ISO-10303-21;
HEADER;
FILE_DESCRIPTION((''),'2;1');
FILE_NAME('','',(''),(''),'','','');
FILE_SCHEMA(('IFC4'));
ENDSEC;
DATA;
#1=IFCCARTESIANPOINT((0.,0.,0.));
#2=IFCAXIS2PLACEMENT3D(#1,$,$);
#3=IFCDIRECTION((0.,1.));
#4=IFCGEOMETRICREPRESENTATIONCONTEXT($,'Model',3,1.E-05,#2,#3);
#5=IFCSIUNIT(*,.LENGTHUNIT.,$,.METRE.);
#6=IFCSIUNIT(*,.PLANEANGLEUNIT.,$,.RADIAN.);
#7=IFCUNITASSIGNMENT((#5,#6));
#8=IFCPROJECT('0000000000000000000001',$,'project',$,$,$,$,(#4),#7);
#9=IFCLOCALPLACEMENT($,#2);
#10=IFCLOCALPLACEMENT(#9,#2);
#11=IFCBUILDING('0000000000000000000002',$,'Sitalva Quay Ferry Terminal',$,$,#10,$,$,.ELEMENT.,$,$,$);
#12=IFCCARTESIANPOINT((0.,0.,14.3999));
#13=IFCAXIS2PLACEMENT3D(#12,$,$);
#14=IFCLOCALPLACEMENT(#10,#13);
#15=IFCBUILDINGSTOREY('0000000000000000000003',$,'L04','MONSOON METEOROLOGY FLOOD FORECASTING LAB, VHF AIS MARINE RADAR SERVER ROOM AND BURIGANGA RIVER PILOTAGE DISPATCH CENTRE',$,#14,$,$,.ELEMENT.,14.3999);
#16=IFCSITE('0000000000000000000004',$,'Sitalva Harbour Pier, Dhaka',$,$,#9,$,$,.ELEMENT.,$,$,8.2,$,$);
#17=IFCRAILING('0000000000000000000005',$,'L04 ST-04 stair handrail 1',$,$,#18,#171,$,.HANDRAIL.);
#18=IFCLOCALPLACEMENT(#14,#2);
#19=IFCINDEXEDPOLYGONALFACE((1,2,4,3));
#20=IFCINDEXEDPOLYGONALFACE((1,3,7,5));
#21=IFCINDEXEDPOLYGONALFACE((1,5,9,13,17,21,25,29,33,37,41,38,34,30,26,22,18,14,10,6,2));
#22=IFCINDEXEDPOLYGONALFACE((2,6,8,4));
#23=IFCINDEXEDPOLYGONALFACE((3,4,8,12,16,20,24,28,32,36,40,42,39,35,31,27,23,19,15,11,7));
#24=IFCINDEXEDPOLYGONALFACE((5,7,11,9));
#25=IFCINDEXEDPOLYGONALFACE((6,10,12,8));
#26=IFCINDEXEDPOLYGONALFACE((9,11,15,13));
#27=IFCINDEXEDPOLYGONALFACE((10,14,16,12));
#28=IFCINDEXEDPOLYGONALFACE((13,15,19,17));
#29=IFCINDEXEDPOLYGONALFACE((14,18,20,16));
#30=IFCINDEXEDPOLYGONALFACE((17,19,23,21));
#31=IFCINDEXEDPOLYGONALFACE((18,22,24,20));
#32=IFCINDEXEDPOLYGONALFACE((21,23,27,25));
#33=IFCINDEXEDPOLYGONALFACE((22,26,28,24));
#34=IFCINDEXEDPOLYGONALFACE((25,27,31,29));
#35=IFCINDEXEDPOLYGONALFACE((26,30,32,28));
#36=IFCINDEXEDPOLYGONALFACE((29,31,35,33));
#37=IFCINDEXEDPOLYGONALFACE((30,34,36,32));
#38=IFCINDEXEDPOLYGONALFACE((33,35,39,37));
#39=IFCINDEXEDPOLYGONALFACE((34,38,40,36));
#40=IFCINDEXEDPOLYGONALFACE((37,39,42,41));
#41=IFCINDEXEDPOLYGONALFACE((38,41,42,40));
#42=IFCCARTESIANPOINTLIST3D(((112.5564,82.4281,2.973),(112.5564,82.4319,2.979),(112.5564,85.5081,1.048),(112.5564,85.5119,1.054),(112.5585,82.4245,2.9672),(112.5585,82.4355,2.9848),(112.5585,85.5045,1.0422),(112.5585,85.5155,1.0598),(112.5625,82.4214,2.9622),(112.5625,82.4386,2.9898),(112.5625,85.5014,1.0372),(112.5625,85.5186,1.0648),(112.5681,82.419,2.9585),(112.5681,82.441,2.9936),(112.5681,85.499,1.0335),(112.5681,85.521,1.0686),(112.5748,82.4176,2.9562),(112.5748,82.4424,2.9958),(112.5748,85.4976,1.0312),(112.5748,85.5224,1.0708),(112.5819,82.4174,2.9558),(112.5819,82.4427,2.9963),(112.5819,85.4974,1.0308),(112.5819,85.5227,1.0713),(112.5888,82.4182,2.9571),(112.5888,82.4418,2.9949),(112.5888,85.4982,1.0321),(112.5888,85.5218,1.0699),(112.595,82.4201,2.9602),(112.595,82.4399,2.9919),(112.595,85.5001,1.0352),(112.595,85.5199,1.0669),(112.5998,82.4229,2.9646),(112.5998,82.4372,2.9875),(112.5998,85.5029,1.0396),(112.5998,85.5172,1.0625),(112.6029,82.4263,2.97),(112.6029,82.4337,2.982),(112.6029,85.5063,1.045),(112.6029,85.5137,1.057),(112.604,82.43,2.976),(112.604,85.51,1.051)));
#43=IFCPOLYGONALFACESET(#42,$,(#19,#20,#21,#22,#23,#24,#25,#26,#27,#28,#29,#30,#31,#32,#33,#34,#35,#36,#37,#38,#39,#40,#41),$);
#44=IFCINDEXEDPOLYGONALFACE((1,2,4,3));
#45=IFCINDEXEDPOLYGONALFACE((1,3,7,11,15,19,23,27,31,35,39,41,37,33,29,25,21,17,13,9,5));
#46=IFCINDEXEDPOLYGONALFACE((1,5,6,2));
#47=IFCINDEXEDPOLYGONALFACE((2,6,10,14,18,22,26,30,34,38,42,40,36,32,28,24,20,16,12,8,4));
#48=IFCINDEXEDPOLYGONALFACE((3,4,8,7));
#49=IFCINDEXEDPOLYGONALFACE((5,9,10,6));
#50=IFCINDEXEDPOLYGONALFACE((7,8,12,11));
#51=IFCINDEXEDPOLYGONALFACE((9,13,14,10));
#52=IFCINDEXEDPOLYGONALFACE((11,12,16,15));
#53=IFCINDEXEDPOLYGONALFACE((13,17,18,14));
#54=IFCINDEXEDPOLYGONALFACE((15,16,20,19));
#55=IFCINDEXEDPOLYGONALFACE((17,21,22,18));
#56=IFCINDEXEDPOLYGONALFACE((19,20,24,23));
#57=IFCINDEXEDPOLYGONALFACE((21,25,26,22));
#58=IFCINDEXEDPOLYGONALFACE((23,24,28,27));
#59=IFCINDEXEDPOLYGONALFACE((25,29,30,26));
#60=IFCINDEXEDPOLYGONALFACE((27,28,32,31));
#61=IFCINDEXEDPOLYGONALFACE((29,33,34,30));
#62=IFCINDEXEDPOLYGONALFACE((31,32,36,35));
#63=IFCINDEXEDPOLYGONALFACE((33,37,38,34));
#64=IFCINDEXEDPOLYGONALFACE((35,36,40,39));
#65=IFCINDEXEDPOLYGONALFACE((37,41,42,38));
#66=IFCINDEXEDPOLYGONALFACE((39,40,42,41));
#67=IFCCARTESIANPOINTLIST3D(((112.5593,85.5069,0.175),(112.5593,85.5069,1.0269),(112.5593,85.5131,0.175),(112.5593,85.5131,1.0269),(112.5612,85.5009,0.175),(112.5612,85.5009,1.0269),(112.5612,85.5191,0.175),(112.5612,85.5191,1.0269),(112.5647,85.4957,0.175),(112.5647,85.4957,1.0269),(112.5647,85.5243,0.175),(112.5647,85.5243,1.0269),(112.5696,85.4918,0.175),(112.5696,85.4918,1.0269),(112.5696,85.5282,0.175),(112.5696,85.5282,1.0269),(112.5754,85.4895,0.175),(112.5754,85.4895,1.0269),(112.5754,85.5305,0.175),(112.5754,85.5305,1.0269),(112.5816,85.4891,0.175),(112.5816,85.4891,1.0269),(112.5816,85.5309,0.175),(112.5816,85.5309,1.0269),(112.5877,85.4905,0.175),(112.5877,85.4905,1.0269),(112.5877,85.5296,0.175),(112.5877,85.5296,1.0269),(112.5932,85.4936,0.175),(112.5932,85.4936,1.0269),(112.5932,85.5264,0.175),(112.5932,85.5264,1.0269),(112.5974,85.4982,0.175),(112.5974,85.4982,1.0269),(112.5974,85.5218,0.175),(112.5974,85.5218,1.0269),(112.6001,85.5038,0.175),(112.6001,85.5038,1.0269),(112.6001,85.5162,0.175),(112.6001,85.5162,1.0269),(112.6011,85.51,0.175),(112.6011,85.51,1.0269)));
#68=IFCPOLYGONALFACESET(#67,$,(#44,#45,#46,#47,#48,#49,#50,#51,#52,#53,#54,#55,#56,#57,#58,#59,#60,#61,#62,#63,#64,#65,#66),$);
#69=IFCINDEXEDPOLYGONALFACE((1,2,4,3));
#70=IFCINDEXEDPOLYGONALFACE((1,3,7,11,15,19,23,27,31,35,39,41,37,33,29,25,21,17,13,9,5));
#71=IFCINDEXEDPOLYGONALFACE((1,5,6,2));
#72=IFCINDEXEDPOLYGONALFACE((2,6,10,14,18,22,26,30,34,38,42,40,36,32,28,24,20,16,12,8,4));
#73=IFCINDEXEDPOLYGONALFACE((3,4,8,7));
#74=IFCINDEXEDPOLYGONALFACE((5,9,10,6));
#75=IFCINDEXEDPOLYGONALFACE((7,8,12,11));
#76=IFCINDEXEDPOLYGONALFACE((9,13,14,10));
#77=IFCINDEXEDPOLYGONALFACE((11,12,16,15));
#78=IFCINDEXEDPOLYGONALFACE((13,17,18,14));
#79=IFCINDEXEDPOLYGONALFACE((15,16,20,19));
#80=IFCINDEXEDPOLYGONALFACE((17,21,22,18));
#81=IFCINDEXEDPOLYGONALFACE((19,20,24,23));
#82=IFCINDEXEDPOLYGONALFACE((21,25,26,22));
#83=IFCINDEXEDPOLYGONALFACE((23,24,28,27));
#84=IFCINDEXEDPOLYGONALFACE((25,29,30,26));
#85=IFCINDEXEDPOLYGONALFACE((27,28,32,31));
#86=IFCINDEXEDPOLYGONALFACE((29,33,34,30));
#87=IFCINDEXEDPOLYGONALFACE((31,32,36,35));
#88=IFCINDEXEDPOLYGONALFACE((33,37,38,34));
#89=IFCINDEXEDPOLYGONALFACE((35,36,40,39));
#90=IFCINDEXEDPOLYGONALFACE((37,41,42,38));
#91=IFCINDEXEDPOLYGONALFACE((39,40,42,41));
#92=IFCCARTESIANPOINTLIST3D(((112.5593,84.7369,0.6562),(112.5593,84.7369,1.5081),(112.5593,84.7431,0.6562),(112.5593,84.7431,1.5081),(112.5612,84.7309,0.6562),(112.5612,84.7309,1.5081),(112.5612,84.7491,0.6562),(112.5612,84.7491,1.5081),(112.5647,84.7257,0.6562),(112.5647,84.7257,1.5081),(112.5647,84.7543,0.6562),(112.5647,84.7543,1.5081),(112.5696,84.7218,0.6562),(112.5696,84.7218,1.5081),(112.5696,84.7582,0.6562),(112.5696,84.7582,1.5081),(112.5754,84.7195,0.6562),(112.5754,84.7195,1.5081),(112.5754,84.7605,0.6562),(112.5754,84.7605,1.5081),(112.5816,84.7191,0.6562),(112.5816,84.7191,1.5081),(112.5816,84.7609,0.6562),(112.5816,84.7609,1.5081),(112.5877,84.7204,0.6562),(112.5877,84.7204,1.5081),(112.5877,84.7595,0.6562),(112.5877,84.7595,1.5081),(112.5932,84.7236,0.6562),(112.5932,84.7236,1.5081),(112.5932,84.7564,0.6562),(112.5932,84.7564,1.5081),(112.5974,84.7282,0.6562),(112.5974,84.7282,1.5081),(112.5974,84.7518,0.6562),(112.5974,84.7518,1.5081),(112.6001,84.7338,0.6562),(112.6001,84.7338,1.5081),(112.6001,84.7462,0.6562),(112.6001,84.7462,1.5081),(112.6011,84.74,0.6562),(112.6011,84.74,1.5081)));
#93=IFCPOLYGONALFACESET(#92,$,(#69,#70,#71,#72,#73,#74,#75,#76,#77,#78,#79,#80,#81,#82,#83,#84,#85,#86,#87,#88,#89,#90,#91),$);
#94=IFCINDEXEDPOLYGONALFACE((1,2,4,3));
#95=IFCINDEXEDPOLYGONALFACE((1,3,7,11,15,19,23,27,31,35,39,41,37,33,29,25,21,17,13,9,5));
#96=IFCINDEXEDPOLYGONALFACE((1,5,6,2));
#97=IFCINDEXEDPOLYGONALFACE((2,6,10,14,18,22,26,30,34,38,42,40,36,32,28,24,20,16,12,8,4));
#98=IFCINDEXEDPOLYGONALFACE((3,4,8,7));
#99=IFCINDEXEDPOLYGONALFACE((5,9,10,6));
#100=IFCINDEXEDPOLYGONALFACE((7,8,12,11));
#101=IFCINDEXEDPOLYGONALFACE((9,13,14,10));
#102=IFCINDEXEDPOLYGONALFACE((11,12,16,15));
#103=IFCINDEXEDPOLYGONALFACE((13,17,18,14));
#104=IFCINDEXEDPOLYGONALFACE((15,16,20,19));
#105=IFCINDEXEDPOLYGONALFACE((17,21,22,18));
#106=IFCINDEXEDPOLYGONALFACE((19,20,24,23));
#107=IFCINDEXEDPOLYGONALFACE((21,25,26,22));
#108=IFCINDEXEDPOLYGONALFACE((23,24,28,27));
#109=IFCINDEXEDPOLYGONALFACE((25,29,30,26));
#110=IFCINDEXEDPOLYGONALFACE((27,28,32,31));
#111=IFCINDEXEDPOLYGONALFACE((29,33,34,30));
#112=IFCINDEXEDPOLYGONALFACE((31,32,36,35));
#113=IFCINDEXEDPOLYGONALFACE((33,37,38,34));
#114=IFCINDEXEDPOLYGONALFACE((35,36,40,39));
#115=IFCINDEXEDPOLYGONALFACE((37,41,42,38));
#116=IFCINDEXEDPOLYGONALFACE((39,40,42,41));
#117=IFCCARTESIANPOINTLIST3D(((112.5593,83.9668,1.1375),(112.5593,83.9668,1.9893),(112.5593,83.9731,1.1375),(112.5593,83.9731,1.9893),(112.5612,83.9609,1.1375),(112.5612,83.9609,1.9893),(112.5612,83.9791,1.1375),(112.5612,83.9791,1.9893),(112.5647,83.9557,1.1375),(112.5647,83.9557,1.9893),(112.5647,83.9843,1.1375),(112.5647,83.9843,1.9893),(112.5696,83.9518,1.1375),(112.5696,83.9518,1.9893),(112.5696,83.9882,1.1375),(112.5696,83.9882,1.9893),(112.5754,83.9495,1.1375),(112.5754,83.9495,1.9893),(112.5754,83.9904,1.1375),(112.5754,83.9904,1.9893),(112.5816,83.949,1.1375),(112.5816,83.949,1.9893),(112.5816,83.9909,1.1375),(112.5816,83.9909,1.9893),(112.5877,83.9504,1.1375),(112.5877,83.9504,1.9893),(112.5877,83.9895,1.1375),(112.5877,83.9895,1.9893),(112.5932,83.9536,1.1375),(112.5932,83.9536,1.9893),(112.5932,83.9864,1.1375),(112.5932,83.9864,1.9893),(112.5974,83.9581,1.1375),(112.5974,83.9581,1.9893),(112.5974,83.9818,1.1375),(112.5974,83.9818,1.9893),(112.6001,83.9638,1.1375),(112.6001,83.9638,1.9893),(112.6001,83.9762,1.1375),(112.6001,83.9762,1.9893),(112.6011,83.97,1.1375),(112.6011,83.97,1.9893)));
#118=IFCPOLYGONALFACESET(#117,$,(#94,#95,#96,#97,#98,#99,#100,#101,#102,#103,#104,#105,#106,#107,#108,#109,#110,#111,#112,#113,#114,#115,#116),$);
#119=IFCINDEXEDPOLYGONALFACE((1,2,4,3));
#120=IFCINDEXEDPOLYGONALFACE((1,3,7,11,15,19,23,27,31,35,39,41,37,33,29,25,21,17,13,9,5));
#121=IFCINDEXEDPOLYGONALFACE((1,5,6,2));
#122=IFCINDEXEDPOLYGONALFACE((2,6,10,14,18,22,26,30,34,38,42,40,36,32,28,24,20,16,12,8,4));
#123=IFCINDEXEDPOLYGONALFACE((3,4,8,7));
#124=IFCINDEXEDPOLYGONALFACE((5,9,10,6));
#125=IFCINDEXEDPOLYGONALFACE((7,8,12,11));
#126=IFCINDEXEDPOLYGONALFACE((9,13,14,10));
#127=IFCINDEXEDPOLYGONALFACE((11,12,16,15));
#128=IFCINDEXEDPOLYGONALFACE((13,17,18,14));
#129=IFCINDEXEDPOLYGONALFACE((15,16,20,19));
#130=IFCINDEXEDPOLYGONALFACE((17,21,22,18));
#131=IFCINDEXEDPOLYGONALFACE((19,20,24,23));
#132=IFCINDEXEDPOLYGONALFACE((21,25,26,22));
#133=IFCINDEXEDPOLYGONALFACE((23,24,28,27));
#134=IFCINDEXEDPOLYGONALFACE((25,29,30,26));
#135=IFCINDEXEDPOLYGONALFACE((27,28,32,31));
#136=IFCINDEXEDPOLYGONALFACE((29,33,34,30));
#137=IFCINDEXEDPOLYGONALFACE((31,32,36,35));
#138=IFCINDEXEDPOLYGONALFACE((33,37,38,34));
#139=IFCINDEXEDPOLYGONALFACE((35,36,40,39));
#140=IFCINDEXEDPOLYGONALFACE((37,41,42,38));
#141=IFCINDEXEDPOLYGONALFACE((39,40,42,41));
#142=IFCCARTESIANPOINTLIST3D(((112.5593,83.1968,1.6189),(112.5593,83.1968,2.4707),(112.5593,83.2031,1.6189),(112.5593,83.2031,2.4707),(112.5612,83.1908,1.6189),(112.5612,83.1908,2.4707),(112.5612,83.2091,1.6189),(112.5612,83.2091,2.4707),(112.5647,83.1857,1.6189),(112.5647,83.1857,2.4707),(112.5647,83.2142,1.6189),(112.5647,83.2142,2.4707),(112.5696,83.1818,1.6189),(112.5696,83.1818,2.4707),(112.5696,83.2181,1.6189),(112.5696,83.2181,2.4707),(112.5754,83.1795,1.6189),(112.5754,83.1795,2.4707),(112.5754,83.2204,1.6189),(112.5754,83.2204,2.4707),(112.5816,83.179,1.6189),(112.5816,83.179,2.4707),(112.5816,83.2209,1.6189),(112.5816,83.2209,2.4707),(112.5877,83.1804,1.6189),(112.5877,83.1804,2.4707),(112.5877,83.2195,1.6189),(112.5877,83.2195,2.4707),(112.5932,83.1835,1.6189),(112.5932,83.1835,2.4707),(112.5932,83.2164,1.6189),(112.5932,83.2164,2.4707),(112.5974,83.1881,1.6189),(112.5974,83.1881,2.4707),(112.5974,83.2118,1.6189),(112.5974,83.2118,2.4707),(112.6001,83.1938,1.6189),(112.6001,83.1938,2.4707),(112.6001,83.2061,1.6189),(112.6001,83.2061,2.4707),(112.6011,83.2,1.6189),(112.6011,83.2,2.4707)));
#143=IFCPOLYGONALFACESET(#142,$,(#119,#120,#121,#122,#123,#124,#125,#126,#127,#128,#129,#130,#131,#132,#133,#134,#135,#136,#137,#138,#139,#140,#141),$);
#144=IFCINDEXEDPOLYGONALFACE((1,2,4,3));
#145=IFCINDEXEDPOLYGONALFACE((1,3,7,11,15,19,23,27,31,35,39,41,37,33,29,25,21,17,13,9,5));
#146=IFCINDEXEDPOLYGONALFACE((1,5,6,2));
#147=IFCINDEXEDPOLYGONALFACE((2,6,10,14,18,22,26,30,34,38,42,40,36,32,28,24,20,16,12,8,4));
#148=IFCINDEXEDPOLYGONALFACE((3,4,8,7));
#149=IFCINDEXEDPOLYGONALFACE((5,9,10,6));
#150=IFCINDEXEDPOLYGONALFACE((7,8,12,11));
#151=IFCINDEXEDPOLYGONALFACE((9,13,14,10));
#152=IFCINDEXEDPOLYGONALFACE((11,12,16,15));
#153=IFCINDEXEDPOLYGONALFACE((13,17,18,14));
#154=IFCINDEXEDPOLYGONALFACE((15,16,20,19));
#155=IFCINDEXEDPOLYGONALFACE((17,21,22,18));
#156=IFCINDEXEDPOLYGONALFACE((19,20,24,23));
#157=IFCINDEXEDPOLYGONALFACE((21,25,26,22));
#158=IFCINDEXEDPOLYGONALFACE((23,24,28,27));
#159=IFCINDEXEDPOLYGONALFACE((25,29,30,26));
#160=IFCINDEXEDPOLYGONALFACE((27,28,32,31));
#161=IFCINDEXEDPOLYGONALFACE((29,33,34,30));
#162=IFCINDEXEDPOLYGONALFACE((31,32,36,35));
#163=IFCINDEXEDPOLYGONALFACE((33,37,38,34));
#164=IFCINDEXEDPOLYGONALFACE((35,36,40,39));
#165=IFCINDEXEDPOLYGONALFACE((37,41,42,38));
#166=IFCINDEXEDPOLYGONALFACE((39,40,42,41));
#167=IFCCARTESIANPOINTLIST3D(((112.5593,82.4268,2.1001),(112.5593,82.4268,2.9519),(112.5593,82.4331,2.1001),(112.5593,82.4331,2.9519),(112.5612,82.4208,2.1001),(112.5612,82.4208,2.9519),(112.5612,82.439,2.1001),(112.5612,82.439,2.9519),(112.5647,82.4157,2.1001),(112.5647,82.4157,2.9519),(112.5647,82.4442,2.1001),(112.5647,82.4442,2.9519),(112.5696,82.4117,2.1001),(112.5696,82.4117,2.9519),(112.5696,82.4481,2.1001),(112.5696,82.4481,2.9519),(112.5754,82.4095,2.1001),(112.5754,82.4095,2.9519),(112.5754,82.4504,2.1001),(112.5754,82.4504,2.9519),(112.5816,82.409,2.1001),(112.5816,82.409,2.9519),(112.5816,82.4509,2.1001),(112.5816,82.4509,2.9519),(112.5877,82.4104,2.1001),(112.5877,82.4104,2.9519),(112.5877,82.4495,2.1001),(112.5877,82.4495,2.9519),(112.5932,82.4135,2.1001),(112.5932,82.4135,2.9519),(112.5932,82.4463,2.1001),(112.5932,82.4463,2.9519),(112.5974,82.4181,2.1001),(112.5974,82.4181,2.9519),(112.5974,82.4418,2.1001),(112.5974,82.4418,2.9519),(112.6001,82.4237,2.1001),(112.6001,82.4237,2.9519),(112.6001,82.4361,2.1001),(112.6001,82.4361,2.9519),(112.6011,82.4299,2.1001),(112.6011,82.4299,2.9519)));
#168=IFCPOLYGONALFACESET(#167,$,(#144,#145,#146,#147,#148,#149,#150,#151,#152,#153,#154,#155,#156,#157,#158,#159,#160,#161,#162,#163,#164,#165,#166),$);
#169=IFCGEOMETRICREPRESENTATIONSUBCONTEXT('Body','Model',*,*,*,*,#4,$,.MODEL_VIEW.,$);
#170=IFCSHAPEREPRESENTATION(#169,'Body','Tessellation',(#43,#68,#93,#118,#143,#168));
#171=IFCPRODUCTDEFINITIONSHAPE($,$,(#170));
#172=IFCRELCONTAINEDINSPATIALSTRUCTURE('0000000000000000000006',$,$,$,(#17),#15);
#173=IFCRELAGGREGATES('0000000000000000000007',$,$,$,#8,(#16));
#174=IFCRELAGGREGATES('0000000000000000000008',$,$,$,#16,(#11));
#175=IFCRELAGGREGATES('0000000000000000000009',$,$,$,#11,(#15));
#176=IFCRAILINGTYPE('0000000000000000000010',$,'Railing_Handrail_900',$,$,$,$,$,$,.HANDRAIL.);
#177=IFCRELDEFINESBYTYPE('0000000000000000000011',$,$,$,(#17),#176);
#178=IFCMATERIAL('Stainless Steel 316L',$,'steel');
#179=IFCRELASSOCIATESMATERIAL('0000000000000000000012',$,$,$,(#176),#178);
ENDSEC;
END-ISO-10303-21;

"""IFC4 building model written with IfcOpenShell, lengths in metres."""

from ifc_helpers import new_model, si_unit, direction, frame, origin, origin_2d, place, context, subcontext, project, spatial, circle, extrude, material, type_object, element, save


model = new_model("IFC4")

# Units and contexts
model_context = context("Model", 3, precision=1e-05, world=origin(), true_north=direction((0.0, 1.0)))
body_context = subcontext(model_context, "Body", "Model", "MODEL_VIEW")
ifc_project = project(units=[si_unit("LENGTHUNIT", "METRE"), si_unit("PLANEANGLEUNIT", "RADIAN")], contexts=[model_context])

# Site, building, storey
site_placement = place(None, origin())
site = spatial("IfcSite", under=ifc_project, at=site_placement, Name="Sitalva Harbour Pier, Dhaka", CompositionType="ELEMENT", RefElevation=8.2)
building_placement = place(site_placement, origin())
building = spatial("IfcBuilding", under=site, at=building_placement, Name="Sitalva Quay Ferry Terminal", CompositionType="ELEMENT")
storey_placement = place(building_placement, frame((0.0, 0.0, 14.3999)))
storey = spatial("IfcBuildingStorey", under=building, at=storey_placement, Name="L04", Description="MONSOON METEOROLOGY FLOOD FORECASTING LAB, VHF AIS MARINE RADAR SERVER ROOM AND BURIGANGA RIVER PILOTAGE DISPATCH CENTRE", CompositionType="ELEMENT", Elevation=14.3999)

# Railing
ifc_material_1 = material(Name="Stainless Steel 316L", Category="steel")
railing_type_1 = type_object("IfcRailingType", Name="Railing_Handrail_900", PredefinedType="HANDRAIL", material=ifc_material_1)
railing_1_placement = place(storey_placement, frame((112.5801, 85.51, 0.175)))
element("IfcRailing", 1, at=railing_1_placement, inside=storey, type_object=railing_type_1, Name="L04 ST-04 stair handrail 1", PredefinedType="HANDRAIL", context=body_context, shape_type="SweptSolid", body=[
    extrude(circle(Radius=0.0239, at=origin_2d()), frame((0.0, 0.0, 0.876), z_axis=(0.0, -0.847998, 0.529999), x_axis=(1.0, 0.0, 0.0)), (0.0, 0.0, 1.0), 3.6321),
    extrude(circle(Radius=0.021, at=origin_2d()), origin(), (0.0, 0.0, 1.0), 0.8518),
    extrude(circle(Radius=0.021, at=origin_2d()), frame((0.0, -0.77, 0.4812)), (0.0, 0.0, 1.0), 0.8518),
    extrude(circle(Radius=0.021, at=origin_2d()), frame((0.0, -1.54, 0.9624)), (0.0, 0.0, 1.0), 0.8518),
    extrude(circle(Radius=0.021, at=origin_2d()), frame((0.0, -2.3101, 1.4438)), (0.0, 0.0, 1.0), 0.8518),
    extrude(circle(Radius=0.021, at=origin_2d()), frame((0.0, -3.0801, 1.925)), (0.0, 0.0, 1.0), 0.8518),
])

save(model, "model.ifc")
